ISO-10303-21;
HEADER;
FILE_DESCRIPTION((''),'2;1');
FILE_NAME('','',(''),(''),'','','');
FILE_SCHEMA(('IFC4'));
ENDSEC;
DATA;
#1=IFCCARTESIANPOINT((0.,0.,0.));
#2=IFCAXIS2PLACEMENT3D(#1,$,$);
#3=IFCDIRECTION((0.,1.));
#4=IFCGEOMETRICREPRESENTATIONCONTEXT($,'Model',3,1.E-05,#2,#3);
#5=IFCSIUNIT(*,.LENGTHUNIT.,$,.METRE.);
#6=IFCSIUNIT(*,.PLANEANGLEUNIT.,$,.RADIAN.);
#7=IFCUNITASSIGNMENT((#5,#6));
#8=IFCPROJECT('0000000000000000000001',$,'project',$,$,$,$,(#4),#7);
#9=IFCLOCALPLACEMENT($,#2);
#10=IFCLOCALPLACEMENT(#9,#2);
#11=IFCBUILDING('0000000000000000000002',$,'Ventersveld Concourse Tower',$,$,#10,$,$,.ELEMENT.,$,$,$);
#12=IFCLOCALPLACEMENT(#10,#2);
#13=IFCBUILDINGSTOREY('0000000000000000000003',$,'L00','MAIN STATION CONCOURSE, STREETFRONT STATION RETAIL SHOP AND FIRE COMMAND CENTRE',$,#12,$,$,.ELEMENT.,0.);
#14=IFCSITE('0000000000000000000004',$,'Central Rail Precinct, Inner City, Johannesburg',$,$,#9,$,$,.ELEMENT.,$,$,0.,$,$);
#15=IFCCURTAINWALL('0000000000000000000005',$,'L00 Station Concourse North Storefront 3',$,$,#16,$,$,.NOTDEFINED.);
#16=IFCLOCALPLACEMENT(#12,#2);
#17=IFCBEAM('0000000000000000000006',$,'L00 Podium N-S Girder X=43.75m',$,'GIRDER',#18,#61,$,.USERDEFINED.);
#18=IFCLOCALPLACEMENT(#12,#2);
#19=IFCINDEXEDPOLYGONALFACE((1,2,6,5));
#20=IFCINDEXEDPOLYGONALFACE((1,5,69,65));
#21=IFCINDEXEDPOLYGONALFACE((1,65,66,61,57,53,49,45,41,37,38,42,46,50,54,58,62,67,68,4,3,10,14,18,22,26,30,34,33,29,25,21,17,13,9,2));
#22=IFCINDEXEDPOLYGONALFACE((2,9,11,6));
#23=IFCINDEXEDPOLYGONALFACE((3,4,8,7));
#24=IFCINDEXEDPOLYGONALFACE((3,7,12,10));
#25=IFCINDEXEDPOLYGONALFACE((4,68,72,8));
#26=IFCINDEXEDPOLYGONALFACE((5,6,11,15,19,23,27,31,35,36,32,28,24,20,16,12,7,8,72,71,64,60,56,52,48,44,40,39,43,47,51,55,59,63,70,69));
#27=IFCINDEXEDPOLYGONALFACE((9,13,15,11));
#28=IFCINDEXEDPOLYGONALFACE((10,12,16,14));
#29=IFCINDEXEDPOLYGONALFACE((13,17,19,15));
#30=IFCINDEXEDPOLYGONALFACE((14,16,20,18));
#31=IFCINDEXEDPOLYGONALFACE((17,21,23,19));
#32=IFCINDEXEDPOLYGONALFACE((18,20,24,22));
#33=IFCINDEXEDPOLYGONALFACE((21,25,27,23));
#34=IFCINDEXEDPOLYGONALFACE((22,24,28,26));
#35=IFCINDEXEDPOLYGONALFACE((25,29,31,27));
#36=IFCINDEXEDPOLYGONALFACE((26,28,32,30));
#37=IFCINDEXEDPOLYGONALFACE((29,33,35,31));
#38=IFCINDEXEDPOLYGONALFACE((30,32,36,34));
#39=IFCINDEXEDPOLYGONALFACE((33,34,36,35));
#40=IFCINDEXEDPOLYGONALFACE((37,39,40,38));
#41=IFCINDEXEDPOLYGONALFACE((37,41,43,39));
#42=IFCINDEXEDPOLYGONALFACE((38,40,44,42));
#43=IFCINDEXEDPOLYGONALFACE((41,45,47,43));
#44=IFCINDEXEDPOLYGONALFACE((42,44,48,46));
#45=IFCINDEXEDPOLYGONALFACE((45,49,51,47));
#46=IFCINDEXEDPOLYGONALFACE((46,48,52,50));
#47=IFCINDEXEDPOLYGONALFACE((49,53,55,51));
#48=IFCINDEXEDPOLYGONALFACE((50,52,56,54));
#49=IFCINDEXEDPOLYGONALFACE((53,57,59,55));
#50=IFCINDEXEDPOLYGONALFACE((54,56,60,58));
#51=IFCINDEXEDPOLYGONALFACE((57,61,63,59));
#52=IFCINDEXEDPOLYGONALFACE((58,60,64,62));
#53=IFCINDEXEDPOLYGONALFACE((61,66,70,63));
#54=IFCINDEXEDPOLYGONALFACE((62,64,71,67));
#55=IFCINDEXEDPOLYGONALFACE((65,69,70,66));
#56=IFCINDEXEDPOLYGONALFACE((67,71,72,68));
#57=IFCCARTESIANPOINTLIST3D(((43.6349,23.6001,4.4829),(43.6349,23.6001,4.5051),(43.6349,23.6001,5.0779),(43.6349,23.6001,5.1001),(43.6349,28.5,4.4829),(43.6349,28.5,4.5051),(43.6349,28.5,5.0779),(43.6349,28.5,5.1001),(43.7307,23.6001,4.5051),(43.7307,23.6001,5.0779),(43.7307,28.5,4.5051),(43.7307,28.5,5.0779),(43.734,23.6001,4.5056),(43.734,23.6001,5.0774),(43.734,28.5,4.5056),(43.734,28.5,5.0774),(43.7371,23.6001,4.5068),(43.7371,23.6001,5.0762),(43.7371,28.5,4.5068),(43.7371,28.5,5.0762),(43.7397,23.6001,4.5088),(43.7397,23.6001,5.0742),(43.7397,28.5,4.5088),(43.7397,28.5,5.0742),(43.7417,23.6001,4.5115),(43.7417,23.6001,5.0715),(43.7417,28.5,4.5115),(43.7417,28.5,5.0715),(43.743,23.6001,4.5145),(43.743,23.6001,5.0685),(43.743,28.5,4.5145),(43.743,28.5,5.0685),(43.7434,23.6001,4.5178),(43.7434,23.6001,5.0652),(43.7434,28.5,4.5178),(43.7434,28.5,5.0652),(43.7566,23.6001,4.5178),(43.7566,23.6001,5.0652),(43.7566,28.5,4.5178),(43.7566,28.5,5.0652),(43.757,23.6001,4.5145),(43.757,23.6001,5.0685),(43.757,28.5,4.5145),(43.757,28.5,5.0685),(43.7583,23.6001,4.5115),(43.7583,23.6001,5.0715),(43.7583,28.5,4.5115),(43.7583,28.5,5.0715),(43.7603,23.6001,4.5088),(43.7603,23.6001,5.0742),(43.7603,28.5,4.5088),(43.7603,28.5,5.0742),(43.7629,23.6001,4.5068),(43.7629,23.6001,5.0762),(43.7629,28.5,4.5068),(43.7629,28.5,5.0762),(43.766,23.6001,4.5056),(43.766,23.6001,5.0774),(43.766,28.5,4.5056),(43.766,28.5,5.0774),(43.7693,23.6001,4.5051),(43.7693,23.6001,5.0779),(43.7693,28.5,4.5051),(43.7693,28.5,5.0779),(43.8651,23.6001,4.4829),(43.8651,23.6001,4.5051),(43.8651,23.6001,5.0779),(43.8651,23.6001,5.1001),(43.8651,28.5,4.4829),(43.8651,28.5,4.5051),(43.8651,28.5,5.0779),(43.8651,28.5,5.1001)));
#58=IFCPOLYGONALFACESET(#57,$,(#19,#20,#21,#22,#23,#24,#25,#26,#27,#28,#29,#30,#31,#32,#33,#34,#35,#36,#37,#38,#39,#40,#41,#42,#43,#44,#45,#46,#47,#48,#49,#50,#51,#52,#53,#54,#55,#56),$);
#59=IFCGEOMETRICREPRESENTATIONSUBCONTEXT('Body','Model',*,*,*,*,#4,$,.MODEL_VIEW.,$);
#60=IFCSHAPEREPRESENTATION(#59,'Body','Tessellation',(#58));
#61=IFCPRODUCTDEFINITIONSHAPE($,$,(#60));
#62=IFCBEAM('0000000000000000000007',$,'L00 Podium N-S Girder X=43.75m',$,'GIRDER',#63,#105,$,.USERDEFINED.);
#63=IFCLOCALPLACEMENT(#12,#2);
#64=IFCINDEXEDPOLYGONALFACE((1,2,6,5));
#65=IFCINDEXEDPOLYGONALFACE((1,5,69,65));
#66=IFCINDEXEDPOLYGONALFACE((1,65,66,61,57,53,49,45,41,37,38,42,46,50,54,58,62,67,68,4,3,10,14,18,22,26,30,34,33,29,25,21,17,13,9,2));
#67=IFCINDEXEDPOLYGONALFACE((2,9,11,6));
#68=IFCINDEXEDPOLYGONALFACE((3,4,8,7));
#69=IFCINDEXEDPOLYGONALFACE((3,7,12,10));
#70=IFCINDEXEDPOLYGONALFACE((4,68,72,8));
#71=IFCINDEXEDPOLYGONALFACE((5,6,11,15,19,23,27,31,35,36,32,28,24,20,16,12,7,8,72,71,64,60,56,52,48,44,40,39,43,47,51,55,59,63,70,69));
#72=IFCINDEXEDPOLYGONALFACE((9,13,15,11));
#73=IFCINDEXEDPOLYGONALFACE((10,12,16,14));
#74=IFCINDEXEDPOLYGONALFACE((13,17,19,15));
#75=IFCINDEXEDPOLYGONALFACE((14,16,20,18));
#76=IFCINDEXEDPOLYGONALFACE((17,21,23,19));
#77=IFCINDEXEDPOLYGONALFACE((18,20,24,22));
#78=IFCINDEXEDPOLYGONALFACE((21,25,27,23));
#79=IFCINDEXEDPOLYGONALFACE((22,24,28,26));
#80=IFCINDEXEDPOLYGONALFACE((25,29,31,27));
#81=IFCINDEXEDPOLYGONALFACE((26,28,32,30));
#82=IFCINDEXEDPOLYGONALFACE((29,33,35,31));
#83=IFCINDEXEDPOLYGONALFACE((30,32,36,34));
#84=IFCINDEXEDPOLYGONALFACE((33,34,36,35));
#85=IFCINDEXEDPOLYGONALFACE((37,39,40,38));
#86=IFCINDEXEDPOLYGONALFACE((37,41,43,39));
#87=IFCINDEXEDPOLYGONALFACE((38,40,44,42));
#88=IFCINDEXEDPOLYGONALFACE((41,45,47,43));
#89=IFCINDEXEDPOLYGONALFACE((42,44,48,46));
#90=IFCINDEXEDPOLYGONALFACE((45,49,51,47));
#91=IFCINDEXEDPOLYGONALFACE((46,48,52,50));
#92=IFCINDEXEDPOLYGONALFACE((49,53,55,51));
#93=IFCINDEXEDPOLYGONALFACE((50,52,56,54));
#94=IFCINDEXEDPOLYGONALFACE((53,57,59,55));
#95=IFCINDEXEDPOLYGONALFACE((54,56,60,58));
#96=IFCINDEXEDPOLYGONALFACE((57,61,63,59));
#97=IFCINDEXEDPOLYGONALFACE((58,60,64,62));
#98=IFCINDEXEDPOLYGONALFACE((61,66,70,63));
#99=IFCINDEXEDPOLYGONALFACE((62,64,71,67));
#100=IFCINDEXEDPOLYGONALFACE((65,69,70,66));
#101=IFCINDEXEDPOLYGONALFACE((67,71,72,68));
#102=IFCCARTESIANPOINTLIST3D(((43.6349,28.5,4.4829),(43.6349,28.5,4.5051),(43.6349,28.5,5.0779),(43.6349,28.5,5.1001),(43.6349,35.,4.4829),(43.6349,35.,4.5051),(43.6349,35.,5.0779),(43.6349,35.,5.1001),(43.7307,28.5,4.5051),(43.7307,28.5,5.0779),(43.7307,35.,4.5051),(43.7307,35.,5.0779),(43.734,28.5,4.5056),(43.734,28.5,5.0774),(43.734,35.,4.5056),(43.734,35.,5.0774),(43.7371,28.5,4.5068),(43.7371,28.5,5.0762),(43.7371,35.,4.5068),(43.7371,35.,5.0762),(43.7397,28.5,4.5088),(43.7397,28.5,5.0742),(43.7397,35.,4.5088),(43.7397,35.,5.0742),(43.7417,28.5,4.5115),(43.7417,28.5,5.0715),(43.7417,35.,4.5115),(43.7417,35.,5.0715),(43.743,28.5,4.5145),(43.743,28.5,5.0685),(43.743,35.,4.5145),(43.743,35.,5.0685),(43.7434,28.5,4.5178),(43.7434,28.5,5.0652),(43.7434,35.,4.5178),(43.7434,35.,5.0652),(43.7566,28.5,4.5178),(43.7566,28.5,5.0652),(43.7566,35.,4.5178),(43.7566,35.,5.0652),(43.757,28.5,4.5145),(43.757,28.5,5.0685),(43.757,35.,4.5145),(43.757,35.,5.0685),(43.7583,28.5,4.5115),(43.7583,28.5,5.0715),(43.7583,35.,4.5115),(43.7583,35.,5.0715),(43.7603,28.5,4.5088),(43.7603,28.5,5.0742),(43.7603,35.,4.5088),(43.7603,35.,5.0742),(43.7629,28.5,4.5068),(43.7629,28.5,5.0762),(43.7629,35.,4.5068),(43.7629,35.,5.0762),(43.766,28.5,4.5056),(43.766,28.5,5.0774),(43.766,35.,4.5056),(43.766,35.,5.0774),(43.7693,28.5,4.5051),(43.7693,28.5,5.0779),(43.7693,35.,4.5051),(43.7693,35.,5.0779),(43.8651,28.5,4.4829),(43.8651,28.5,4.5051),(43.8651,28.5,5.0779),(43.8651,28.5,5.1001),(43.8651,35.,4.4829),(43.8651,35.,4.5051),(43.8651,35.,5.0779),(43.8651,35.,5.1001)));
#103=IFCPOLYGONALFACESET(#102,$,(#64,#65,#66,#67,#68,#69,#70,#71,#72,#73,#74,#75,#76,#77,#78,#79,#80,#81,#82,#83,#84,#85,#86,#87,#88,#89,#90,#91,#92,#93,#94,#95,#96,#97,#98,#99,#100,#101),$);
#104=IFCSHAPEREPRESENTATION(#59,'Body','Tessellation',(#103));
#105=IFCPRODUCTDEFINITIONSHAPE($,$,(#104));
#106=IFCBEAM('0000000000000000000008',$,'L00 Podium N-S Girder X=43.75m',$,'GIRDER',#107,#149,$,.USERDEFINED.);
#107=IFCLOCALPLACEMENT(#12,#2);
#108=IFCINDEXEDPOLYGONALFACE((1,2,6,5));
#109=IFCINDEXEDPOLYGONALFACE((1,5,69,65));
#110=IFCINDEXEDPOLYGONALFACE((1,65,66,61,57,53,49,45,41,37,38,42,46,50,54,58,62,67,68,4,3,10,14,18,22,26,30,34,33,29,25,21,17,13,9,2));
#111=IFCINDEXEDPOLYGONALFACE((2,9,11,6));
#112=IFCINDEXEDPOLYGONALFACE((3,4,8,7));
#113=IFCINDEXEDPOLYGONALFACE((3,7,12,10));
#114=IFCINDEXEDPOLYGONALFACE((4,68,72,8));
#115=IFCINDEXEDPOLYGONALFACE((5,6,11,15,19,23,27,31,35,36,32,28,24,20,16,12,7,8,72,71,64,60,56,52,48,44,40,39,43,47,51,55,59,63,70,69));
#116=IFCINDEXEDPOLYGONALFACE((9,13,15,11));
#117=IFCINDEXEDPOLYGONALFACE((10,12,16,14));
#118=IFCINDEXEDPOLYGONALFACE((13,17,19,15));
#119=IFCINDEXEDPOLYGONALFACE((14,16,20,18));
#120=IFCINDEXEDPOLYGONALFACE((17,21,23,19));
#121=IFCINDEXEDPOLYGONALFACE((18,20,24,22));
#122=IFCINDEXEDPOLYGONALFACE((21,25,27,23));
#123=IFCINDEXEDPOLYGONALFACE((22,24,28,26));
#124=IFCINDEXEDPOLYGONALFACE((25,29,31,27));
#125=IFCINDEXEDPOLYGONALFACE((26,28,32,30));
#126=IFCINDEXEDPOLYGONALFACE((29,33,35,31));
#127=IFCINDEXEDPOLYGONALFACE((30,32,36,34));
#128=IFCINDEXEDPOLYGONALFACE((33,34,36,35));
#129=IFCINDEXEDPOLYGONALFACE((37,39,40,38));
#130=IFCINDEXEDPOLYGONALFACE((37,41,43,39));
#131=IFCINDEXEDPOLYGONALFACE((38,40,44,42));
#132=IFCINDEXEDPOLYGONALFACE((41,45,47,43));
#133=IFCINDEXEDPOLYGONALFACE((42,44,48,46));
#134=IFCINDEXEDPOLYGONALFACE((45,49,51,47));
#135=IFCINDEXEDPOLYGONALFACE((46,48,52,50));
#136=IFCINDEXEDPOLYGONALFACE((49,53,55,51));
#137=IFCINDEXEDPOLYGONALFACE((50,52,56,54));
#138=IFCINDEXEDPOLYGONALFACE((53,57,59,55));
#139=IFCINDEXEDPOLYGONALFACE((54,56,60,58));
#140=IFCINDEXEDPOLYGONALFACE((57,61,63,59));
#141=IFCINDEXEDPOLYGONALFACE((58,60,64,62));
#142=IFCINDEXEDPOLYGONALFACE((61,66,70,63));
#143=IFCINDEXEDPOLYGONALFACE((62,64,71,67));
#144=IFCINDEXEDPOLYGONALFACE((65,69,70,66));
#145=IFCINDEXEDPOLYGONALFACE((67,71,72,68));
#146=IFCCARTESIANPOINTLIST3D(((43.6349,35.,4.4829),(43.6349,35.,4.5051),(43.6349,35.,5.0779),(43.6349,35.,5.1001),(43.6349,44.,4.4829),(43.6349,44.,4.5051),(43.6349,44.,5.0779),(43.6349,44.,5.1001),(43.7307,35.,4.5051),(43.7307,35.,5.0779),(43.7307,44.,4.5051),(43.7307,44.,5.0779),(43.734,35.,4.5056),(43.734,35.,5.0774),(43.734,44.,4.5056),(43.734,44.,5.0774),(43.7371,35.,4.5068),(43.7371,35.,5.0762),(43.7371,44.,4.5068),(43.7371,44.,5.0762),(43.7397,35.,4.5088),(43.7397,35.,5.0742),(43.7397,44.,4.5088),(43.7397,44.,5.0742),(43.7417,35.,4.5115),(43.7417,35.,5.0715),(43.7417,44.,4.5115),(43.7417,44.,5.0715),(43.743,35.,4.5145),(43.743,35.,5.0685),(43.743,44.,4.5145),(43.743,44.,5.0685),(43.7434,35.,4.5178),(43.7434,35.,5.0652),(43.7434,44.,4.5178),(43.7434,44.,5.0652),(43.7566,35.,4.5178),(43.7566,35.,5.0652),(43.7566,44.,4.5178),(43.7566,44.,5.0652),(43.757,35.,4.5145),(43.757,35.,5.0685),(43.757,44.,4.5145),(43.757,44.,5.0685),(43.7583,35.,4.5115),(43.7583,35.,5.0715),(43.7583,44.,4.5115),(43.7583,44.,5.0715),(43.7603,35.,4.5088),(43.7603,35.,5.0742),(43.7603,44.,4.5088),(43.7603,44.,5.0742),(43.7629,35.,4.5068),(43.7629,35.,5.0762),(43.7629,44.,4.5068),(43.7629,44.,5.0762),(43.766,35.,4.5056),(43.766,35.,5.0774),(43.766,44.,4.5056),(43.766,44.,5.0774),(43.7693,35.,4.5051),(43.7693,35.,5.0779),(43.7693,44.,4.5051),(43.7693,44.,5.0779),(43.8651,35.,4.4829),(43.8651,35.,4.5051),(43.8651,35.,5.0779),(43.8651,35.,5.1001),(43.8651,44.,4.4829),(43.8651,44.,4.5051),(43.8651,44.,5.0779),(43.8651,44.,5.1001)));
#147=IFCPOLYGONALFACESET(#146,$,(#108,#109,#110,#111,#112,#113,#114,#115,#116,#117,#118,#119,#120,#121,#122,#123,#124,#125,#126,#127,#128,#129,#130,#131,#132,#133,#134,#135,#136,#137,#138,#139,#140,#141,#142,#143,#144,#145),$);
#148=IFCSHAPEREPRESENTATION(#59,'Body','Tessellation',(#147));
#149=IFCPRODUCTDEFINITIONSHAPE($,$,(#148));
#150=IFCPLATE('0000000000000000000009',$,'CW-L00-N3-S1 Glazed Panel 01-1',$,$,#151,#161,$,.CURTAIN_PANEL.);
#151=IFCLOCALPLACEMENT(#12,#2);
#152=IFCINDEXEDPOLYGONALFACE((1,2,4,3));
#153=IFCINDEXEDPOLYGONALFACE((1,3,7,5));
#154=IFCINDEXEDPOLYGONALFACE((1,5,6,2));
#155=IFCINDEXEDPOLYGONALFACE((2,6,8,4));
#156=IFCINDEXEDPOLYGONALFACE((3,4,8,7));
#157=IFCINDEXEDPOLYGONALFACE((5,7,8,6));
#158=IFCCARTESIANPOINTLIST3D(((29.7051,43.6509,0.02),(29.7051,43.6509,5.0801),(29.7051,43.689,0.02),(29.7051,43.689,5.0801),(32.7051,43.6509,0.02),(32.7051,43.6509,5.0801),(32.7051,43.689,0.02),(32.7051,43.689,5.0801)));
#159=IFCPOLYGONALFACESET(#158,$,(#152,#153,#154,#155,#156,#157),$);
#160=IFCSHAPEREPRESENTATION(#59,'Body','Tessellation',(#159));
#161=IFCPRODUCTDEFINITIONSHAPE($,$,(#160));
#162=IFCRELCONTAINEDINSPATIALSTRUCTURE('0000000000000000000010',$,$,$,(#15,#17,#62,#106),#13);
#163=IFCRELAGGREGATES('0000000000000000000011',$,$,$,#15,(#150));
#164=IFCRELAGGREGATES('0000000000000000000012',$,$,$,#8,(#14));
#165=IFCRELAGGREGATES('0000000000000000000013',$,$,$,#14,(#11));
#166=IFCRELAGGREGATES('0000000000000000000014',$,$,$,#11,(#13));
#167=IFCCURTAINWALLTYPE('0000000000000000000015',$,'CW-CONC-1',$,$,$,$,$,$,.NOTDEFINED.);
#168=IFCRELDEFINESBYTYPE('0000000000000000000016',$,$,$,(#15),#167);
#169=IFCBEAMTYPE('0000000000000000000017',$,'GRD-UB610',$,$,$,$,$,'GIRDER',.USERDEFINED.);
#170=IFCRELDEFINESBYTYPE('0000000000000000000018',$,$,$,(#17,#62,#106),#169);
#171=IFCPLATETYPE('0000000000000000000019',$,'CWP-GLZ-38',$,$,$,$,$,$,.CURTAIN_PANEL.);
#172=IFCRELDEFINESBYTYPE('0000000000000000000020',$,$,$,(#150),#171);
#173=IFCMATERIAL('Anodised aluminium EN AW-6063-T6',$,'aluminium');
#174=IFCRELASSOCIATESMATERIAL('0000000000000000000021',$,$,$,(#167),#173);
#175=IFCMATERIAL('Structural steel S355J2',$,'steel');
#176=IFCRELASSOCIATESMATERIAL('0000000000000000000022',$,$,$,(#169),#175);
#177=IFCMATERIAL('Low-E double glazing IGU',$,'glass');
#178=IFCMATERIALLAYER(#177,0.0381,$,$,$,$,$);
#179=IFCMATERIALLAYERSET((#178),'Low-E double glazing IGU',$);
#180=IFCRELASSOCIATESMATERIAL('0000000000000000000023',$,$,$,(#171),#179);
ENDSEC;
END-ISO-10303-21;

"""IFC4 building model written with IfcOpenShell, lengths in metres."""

from ifc_helpers import new_model, si_unit, direction, frame, origin, origin_2d, place, context, subcontext, project, spatial, rectangle, i_section, extrude, material, layer, layer_set, material_profile, profile_set, type_object, element, aggregate, save


model = new_model("IFC4")

# Units and contexts
model_context = context("Model", 3, precision=1e-05, world=origin(), true_north=direction((0.0, 1.0)))
body_context = subcontext(model_context, "Body", "Model", "MODEL_VIEW")
ifc_project = project(units=[si_unit("LENGTHUNIT", "METRE"), si_unit("PLANEANGLEUNIT", "RADIAN")], contexts=[model_context])

# Site, building, storey
site_placement = place(None, origin())
site = spatial("IfcSite", under=ifc_project, at=site_placement, Name="Central Rail Precinct, Inner City, Johannesburg", CompositionType="ELEMENT", RefElevation=0.0)
building_placement = place(site_placement, origin())
building = spatial("IfcBuilding", under=site, at=building_placement, Name="Ventersveld Concourse Tower", CompositionType="ELEMENT")
storey_placement = place(building_placement, origin())
storey = spatial("IfcBuildingStorey", under=building, at=storey_placement, Name="L00", Description="MAIN STATION CONCOURSE, STREETFRONT STATION RETAIL SHOP AND FIRE COMMAND CENTRE", CompositionType="ELEMENT", Elevation=0.0)

# Curtain wall
ifc_material_1 = material(Name="Anodised aluminium EN AW-6063-T6", Category="aluminium")
curtain_wall_type = type_object("IfcCurtainWallType", Name="CW-CONC-1", PredefinedType="NOTDEFINED", material=ifc_material_1)
curtain_wall_placement = place(storey_placement, origin())
curtain_wall = element("IfcCurtainWall", 1, at=curtain_wall_placement, inside=storey, type_object=curtain_wall_type, Name="L00 Station Concourse North Storefront 3", PredefinedType="NOTDEFINED")

# Beams
ifc_material_2 = material(Name="Structural steel S355J2", Category="steel")
ifc_material_profile_1 = material_profile(ifc_material_2, i_section(OverallWidth=0.2302, OverallDepth=0.6172, WebThickness=0.0132, FlangeThickness=0.0222, FilletRadius=0.0127, at=origin_2d()), Name="UB 610x229x140")
ifc_profile_set_1 = profile_set([ifc_material_profile_1], Name="Structural steel S355J2")
beam_type_1 = type_object("IfcBeamType", Name="GRD-UB610", ElementType="GIRDER", PredefinedType="USERDEFINED", material=ifc_profile_set_1)
beam_1_placement = place(storey_placement, frame((43.75, 23.6001, 4.7915), z_axis=(0.0, 1.0, 0.0), x_axis=(-1.0, 0.0, 0.0)))
element("IfcBeam", 2, at=beam_1_placement, inside=storey, type_object=beam_type_1, Name="L00 Podium N-S Girder X=43.75m", ObjectType="GIRDER", PredefinedType="USERDEFINED", context=body_context, shape_type="SweptSolid", body=[
    extrude(i_section(OverallWidth=0.2302, OverallDepth=0.6172, WebThickness=0.0132, FlangeThickness=0.0222, FilletRadius=0.0127, at=origin_2d()), origin(), (0.0, 0.0, 1.0), 4.8999),
])
beam_2_placement = place(storey_placement, frame((43.75, 28.5, 4.7915), z_axis=(0.0, 1.0, 0.0), x_axis=(-1.0, 0.0, 0.0)))
element("IfcBeam", 3, at=beam_2_placement, inside=storey, type_object=beam_type_1, Name="L00 Podium N-S Girder X=43.75m", ObjectType="GIRDER", PredefinedType="USERDEFINED", context=body_context, shape_type="SweptSolid", body=[
    extrude(i_section(OverallWidth=0.2302, OverallDepth=0.6172, WebThickness=0.0132, FlangeThickness=0.0222, FilletRadius=0.0127, at=origin_2d()), origin(), (0.0, 0.0, 1.0), 6.5),
])
beam_3_placement = place(storey_placement, frame((43.75, 35.0, 4.7915), z_axis=(0.0, 1.0, 0.0), x_axis=(-1.0, 0.0, 0.0)))
element("IfcBeam", 4, at=beam_3_placement, inside=storey, type_object=beam_type_1, Name="L00 Podium N-S Girder X=43.75m", ObjectType="GIRDER", PredefinedType="USERDEFINED", context=body_context, shape_type="SweptSolid", body=[
    extrude(i_section(OverallWidth=0.2302, OverallDepth=0.6172, WebThickness=0.0132, FlangeThickness=0.0222, FilletRadius=0.0127, at=origin_2d()), origin(), (0.0, 0.0, 1.0), 9.0),
])

# Plate
ifc_material_3 = material(Name="Low-E double glazing IGU", Category="glass")
ifc_layer = layer(ifc_material_3, 0.0381)
ifc_layer_set = layer_set([ifc_layer], Name="Low-E double glazing IGU")
plate_type = type_object("IfcPlateType", Name="CWP-GLZ-38", PredefinedType="CURTAIN_PANEL", material=ifc_layer_set)
plate_placement = place(storey_placement, frame((31.2051, 43.6699, 0.02), z_axis=(0.0, 0.0, 1.0), x_axis=(1.0, 0.0, 0.0)))
plate = element("IfcPlate", 5, at=plate_placement, type_object=plate_type, Name="CW-L00-N3-S1 Glazed Panel 01-1", PredefinedType="CURTAIN_PANEL", context=body_context, shape_type="SweptSolid", body=[
    extrude(rectangle(XDim=3.0, YDim=0.0381, at=origin_2d()), origin(), (0.0, 0.0, 1.0), 5.0601),
])
aggregate(curtain_wall, [plate])

save(model, "model.ifc")
